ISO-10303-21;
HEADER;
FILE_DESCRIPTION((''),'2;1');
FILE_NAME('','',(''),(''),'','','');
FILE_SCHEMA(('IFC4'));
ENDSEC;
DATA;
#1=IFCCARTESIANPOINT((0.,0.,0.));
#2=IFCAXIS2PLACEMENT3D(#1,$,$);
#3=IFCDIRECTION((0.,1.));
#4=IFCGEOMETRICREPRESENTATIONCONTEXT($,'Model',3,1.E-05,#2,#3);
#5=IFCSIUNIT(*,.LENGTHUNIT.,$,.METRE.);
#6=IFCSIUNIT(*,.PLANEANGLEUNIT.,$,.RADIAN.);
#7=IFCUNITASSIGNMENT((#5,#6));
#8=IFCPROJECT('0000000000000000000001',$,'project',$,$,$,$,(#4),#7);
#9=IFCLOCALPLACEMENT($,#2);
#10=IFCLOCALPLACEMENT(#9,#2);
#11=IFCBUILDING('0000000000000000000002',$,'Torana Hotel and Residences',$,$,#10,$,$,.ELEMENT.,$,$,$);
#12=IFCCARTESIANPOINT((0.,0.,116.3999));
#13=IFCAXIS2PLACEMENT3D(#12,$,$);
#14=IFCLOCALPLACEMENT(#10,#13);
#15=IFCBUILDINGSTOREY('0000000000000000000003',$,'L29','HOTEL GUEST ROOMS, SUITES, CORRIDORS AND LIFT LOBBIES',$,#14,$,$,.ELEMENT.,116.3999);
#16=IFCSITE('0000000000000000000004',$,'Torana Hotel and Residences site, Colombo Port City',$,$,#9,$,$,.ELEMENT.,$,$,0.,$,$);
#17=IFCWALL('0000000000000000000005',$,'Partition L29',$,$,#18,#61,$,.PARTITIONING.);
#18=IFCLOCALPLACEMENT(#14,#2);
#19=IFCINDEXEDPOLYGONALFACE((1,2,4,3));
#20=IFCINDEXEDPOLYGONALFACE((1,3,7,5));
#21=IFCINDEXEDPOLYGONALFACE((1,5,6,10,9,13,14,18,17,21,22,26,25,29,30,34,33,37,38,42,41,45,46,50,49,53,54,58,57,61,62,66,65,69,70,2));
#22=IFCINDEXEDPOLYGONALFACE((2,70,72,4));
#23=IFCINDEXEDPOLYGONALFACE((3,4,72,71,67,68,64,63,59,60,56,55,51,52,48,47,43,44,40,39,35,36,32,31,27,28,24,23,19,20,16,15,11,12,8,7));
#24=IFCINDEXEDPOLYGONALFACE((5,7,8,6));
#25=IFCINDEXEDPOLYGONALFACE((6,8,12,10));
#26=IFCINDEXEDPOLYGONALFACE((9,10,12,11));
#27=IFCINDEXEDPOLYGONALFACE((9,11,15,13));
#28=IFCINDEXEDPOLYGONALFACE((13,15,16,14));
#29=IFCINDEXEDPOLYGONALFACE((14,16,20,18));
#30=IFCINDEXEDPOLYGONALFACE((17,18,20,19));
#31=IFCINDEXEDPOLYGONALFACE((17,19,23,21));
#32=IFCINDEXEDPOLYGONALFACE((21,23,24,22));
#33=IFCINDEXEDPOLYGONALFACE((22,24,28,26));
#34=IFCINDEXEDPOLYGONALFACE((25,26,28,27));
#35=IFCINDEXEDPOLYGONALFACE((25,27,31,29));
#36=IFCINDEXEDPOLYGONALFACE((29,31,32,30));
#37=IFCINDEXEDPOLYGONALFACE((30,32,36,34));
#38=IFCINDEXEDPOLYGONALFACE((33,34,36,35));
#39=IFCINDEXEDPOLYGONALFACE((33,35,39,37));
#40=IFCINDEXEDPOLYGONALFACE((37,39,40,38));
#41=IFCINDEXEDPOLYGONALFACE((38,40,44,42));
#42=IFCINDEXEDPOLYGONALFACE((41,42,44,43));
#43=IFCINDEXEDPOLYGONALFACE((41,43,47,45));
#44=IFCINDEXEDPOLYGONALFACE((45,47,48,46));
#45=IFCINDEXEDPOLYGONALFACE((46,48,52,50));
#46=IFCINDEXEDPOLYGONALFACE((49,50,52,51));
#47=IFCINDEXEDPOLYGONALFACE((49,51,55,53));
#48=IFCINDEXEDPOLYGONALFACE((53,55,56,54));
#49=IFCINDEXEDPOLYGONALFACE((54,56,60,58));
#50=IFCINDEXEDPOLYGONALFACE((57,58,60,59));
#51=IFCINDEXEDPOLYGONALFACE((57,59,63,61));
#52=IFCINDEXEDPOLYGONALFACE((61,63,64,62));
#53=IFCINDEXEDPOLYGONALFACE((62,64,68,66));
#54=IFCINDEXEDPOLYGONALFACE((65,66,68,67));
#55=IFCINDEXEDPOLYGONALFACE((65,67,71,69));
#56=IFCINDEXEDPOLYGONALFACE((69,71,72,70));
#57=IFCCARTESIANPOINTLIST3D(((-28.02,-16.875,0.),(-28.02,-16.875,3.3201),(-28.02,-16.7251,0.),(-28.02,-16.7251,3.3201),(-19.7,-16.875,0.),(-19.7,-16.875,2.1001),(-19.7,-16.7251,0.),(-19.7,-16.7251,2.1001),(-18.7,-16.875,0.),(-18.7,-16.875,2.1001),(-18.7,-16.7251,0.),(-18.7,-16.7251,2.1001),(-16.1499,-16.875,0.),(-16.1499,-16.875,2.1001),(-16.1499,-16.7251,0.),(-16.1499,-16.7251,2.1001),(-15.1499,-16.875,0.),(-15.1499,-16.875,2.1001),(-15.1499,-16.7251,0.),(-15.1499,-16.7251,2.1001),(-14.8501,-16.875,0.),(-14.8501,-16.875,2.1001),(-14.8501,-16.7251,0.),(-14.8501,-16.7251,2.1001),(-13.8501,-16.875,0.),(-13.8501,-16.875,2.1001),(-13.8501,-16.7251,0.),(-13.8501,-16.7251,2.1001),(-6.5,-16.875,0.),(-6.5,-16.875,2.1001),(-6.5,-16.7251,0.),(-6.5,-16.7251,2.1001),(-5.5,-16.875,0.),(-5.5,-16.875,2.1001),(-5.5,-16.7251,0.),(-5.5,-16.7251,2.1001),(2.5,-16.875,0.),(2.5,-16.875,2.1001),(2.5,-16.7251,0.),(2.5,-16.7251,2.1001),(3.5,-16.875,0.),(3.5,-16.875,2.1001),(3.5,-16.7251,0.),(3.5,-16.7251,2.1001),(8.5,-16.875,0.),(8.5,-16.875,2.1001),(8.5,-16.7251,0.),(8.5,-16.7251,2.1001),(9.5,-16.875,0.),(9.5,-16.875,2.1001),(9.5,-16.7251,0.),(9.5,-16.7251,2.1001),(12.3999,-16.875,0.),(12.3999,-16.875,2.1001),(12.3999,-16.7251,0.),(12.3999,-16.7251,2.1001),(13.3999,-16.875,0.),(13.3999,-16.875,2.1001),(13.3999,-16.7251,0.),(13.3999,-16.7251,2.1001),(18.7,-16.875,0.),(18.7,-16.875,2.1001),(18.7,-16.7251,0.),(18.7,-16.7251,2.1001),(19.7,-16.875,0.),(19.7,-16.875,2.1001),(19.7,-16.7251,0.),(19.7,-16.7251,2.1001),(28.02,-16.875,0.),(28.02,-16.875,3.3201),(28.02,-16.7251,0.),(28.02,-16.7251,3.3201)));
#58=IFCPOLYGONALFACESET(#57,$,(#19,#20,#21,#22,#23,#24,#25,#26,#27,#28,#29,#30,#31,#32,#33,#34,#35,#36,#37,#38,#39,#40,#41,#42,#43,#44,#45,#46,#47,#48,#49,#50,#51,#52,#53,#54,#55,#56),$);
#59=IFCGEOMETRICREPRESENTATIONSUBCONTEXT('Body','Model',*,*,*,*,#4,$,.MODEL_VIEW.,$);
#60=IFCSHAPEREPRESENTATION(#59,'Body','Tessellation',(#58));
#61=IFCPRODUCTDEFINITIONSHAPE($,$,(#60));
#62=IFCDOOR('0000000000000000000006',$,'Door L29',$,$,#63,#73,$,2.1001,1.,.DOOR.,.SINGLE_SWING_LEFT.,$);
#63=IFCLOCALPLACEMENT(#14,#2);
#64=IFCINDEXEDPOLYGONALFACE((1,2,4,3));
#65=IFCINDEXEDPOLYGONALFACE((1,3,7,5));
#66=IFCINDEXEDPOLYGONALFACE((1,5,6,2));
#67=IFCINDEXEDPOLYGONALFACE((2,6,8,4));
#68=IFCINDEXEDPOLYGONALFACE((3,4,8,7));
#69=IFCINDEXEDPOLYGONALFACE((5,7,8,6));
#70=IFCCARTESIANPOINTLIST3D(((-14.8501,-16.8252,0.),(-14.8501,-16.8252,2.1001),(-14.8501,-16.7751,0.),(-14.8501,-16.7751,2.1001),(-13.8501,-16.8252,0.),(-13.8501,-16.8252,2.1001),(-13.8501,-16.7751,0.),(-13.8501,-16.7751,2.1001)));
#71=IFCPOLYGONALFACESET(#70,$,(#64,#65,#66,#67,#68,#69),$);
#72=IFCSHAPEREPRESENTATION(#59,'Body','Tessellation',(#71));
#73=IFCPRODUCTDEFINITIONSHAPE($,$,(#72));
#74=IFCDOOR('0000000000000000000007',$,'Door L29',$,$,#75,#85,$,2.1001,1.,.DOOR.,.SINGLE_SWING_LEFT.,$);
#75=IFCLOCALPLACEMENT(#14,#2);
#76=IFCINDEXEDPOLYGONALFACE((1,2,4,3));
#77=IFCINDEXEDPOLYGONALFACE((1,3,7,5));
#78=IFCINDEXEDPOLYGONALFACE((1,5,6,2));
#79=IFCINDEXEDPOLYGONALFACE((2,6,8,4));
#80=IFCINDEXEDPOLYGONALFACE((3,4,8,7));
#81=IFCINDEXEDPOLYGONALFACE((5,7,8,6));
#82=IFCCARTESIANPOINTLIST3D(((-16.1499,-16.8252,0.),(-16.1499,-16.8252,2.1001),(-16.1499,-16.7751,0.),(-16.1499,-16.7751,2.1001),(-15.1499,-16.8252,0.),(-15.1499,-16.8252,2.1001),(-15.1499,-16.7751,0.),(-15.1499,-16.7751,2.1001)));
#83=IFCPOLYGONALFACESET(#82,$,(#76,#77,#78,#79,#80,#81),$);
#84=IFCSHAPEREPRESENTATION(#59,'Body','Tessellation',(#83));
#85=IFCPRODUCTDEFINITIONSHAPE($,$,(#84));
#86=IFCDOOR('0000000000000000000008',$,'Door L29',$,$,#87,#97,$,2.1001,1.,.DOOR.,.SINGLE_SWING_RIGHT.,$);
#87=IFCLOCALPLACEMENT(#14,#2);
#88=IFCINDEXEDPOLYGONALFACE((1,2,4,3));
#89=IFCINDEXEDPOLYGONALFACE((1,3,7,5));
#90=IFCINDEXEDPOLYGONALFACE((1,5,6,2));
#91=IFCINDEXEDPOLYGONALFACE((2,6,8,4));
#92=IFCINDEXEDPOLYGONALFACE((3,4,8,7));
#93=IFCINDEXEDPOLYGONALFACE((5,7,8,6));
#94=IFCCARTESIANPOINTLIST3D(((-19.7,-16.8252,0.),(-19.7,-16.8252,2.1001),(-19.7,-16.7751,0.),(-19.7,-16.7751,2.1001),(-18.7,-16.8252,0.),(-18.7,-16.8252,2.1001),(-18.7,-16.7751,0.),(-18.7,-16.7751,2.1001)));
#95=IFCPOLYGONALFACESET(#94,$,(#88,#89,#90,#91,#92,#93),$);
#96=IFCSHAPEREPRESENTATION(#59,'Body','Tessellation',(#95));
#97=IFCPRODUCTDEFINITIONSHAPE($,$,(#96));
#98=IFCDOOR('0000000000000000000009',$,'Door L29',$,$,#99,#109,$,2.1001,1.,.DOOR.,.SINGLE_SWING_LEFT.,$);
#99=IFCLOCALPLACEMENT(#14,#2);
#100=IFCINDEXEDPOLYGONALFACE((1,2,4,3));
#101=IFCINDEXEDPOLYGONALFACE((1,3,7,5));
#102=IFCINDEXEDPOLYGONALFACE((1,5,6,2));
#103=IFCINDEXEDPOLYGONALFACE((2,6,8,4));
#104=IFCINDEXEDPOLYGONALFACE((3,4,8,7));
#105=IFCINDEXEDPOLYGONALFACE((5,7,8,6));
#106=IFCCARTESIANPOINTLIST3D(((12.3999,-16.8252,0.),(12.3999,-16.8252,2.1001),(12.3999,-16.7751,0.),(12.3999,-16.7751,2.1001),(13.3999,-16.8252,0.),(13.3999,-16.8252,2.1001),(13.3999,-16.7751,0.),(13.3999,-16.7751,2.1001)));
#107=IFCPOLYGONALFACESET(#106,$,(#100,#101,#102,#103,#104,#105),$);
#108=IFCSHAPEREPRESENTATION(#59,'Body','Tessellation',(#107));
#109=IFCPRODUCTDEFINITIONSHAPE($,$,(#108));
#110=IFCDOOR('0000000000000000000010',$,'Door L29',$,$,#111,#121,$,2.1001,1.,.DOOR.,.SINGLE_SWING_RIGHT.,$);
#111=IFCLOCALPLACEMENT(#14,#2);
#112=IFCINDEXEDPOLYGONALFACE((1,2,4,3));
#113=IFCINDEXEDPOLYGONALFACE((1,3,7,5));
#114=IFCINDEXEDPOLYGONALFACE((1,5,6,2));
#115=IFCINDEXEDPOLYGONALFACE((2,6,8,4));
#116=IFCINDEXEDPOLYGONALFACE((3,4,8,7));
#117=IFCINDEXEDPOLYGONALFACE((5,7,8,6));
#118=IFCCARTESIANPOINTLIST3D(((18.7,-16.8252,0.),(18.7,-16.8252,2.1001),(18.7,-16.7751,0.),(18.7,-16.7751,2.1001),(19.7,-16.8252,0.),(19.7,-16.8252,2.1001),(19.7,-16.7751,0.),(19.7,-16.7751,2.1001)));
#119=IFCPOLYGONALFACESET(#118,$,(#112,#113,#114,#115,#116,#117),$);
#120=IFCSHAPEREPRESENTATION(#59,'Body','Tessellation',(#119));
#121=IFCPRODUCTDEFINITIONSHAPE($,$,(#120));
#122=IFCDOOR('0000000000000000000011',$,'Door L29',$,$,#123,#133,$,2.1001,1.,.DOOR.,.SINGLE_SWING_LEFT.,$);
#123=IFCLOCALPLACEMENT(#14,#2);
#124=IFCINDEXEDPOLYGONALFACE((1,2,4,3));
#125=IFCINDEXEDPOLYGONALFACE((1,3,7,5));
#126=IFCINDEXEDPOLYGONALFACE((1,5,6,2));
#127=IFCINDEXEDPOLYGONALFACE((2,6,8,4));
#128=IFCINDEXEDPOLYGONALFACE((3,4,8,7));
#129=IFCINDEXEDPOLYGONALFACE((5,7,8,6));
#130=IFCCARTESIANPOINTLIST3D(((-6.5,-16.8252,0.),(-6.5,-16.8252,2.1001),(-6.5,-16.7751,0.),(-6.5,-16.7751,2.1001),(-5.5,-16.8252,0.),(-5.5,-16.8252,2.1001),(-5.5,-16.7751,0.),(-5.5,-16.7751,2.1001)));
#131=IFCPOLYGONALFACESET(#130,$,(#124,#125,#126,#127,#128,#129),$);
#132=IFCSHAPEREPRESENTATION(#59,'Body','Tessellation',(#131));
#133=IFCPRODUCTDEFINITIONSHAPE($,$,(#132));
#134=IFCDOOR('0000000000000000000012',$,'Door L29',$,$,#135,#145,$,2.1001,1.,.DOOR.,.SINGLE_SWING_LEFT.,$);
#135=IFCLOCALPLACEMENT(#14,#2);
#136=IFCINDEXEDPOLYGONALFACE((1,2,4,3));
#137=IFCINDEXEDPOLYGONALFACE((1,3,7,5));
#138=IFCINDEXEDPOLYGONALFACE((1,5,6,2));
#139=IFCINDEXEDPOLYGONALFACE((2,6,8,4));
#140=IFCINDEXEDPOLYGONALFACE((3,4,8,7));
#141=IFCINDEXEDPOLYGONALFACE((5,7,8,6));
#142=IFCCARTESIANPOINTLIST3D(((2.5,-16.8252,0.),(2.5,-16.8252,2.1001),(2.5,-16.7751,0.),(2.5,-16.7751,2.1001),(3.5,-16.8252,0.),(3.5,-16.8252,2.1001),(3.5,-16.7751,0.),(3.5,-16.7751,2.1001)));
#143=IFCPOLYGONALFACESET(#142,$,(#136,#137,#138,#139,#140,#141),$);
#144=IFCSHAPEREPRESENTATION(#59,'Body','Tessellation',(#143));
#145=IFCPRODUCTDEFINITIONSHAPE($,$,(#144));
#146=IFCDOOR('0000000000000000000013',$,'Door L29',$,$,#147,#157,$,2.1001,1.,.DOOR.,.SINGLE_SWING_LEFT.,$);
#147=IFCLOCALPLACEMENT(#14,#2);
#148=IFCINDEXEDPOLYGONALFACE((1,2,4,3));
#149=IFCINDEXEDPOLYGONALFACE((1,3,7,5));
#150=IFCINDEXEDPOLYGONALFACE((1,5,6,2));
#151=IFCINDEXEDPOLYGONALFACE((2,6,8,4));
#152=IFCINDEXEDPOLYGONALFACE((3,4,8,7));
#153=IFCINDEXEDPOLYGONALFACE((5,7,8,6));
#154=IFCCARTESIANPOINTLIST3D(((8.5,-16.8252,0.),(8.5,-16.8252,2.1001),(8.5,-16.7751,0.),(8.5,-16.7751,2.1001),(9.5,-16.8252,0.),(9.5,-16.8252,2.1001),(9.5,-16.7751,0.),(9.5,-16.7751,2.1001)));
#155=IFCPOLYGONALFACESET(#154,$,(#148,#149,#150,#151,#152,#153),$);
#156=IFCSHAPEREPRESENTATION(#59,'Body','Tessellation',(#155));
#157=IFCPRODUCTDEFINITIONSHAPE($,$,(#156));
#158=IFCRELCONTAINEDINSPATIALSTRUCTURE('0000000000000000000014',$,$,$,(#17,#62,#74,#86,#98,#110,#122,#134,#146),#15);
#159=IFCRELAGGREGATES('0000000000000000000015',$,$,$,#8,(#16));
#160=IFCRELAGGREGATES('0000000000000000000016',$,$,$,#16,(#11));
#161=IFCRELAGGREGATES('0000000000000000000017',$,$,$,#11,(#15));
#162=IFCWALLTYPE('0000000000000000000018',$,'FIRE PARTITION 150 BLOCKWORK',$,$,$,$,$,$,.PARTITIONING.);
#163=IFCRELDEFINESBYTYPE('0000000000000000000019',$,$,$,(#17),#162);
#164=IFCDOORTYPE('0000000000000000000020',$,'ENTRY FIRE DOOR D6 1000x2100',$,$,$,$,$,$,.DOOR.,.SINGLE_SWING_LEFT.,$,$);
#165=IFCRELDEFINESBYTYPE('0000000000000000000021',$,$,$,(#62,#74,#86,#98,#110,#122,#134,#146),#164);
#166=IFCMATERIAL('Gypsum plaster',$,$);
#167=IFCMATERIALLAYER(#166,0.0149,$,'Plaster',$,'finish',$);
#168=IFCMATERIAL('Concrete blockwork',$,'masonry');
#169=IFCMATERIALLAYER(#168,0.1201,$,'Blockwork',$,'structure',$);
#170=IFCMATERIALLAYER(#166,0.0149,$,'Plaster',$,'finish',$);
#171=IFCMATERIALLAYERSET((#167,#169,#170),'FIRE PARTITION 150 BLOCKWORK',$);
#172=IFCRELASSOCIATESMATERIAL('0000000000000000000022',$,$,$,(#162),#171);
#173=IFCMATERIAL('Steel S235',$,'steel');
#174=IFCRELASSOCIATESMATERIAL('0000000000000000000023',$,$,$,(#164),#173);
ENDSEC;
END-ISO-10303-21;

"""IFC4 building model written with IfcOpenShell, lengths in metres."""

from ifc_helpers import new_model, si_unit, direction, frame, frame_2d, origin, place, context, subcontext, project, spatial, rectangle, extrude, material, layer, layer_set, type_object, element, fill, save


model = new_model("IFC4")

# Units and contexts
model_context = context("Model", 3, precision=1e-05, world=origin(), true_north=direction((0.0, 1.0)))
body_context = subcontext(model_context, "Body", "Model", "MODEL_VIEW")
ifc_project = project(units=[si_unit("LENGTHUNIT", "METRE"), si_unit("PLANEANGLEUNIT", "RADIAN")], contexts=[model_context])

# Site, building, storey
site_placement = place(None, origin())
site = spatial("IfcSite", under=ifc_project, at=site_placement, Name="Torana Hotel and Residences site, Colombo Port City", CompositionType="ELEMENT", RefElevation=0.0)
building_placement = place(site_placement, origin())
building = spatial("IfcBuilding", under=site, at=building_placement, Name="Torana Hotel and Residences", CompositionType="ELEMENT")
storey_placement = place(building_placement, frame((0.0, 0.0, 116.3999)))
storey = spatial("IfcBuildingStorey", under=building, at=storey_placement, Name="L29", Description="HOTEL GUEST ROOMS, SUITES, CORRIDORS AND LIFT LOBBIES", CompositionType="ELEMENT", Elevation=116.3999)

# Wall, openings, doors
ifc_material_1 = material(Name="Gypsum plaster")
ifc_layer_1 = layer(ifc_material_1, 0.0149, Name="Plaster", Category="finish")
ifc_material_2 = material(Name="Concrete blockwork", Category="masonry")
ifc_layer_2 = layer(ifc_material_2, 0.1201, Name="Blockwork", Category="structure")
ifc_layer_3 = layer(ifc_material_1, 0.0149, Name="Plaster", Category="finish")
ifc_layer_set_1 = layer_set([ifc_layer_1, ifc_layer_2, ifc_layer_3], Name="FIRE PARTITION 150 BLOCKWORK")
wall_type_1 = type_object("IfcWallType", Name="FIRE PARTITION 150 BLOCKWORK", PredefinedType="PARTITIONING", material=ifc_layer_set_1)
wall_1_placement = place(storey_placement, frame((-28.02, -16.8, 0.0), z_axis=(0.0, 0.0, 1.0), x_axis=(1.0, 0.0, 0.0)))
wall_1 = element("IfcWall", 1, at=wall_1_placement, inside=storey, type_object=wall_type_1, Name="Partition L29", PredefinedType="PARTITIONING", context=body_context, shape_type="SweptSolid", body=[
    extrude(rectangle(XDim=56.04, YDim=0.1499, at=frame_2d((28.02, 0.0))), origin(), (0.0, 0.0, 1.0), 3.3201),
])
opening_1_placement = place(wall_1_placement, frame((13.1699, 0.0, 0.0)))
opening_1 = element("IfcOpeningElement", 2, at=opening_1_placement, cuts=wall_1, PredefinedType="OPENING", context=body_context, shape_type="SweptSolid", body=[
    extrude(rectangle(XDim=1.0, YDim=2.1001, at=frame_2d((0.5, 1.05))), frame((0.0, 0.085, 0.0), z_axis=(0.0, -1.0, 0.0), x_axis=(1.0, 0.0, 0.0)), (0.0, 0.0, 1.0), 0.1699),
])
opening_2_placement = place(wall_1_placement, frame((11.8701, 0.0, 0.0)))
opening_2 = element("IfcOpeningElement", 3, at=opening_2_placement, cuts=wall_1, PredefinedType="OPENING", context=body_context, shape_type="SweptSolid", body=[
    extrude(rectangle(XDim=1.0, YDim=2.1001, at=frame_2d((0.5, 1.05))), frame((0.0, 0.085, 0.0), z_axis=(0.0, -1.0, 0.0), x_axis=(1.0, 0.0, 0.0)), (0.0, 0.0, 1.0), 0.1699),
])
opening_3_placement = place(wall_1_placement, frame((8.3201, 0.0, 0.0)))
opening_3 = element("IfcOpeningElement", 4, at=opening_3_placement, cuts=wall_1, PredefinedType="OPENING", context=body_context, shape_type="SweptSolid", body=[
    extrude(rectangle(XDim=1.0, YDim=2.1001, at=frame_2d((0.5, 1.05))), frame((0.0, 0.085, 0.0), z_axis=(0.0, -1.0, 0.0), x_axis=(1.0, 0.0, 0.0)), (0.0, 0.0, 1.0), 0.1699),
])
opening_4_placement = place(wall_1_placement, frame((40.4199, 0.0, 0.0)))
opening_4 = element("IfcOpeningElement", 5, at=opening_4_placement, cuts=wall_1, PredefinedType="OPENING", context=body_context, shape_type="SweptSolid", body=[
    extrude(rectangle(XDim=1.0, YDim=2.1001, at=frame_2d((0.5, 1.05))), frame((0.0, 0.085, 0.0), z_axis=(0.0, -1.0, 0.0), x_axis=(1.0, 0.0, 0.0)), (0.0, 0.0, 1.0), 0.1699),
])
opening_5_placement = place(wall_1_placement, frame((46.72, 0.0, 0.0)))
opening_5 = element("IfcOpeningElement", 6, at=opening_5_placement, cuts=wall_1, PredefinedType="OPENING", context=body_context, shape_type="SweptSolid", body=[
    extrude(rectangle(XDim=1.0, YDim=2.1001, at=frame_2d((0.5, 1.05))), frame((0.0, 0.085, 0.0), z_axis=(0.0, -1.0, 0.0), x_axis=(1.0, 0.0, 0.0)), (0.0, 0.0, 1.0), 0.1699),
])
opening_6_placement = place(wall_1_placement, frame((21.52, 0.0, 0.0)))
opening_6 = element("IfcOpeningElement", 7, at=opening_6_placement, cuts=wall_1, PredefinedType="OPENING", context=body_context, shape_type="SweptSolid", body=[
    extrude(rectangle(XDim=1.0, YDim=2.1001, at=frame_2d((0.5, 1.05))), frame((0.0, 0.085, 0.0), z_axis=(0.0, -1.0, 0.0), x_axis=(1.0, 0.0, 0.0)), (0.0, 0.0, 1.0), 0.1699),
])
opening_7_placement = place(wall_1_placement, frame((30.52, 0.0, 0.0)))
opening_7 = element("IfcOpeningElement", 8, at=opening_7_placement, cuts=wall_1, PredefinedType="OPENING", context=body_context, shape_type="SweptSolid", body=[
    extrude(rectangle(XDim=1.0, YDim=2.1001, at=frame_2d((0.5, 1.05))), frame((0.0, 0.085, 0.0), z_axis=(0.0, -1.0, 0.0), x_axis=(1.0, 0.0, 0.0)), (0.0, 0.0, 1.0), 0.1699),
])
opening_8_placement = place(wall_1_placement, frame((36.52, 0.0, 0.0)))
opening_8 = element("IfcOpeningElement", 9, at=opening_8_placement, cuts=wall_1, PredefinedType="OPENING", context=body_context, shape_type="SweptSolid", body=[
    extrude(rectangle(XDim=1.0, YDim=2.1001, at=frame_2d((0.5, 1.05))), frame((0.0, 0.085, 0.0), z_axis=(0.0, -1.0, 0.0), x_axis=(1.0, 0.0, 0.0)), (0.0, 0.0, 1.0), 0.1699),
])
ifc_material_3 = material(Name="Steel S235", Category="steel")
door_type_1 = type_object("IfcDoorType", Name="ENTRY FIRE DOOR D6 1000x2100", OperationType="SINGLE_SWING_LEFT", PredefinedType="DOOR", material=ifc_material_3)
door_1_placement = place(opening_1_placement, frame((0.5, 0.0, 0.0), z_axis=(0.0, 0.0, 1.0), x_axis=(-1.0, 0.0, 0.0)))
door_1 = element("IfcDoor", 10, at=door_1_placement, inside=storey, type_object=door_type_1, Name="Door L29", OperationType="SINGLE_SWING_LEFT", OverallHeight=2.1001, OverallWidth=1.0, PredefinedType="DOOR", context=body_context, shape_type="SweptSolid", body=[
    extrude(rectangle(XDim=1.0, YDim=2.1001, at=frame_2d((0.0, 1.05))), frame((0.0, -0.0249, 0.0), z_axis=(0.0, 1.0, 0.0), x_axis=(-1.0, 0.0, 0.0)), (0.0, 0.0, 1.0), 0.05),
])
fill(opening_1, door_1)
door_2_placement = place(opening_2_placement, frame((0.5, 0.0, 0.0), z_axis=(0.0, 0.0, 1.0), x_axis=(-1.0, 0.0, 0.0)))
door_2 = element("IfcDoor", 11, at=door_2_placement, inside=storey, type_object=door_type_1, Name="Door L29", OperationType="SINGLE_SWING_LEFT", OverallHeight=2.1001, OverallWidth=1.0, PredefinedType="DOOR", context=body_context, shape_type="SweptSolid", body=[
    extrude(rectangle(XDim=1.0, YDim=2.1001, at=frame_2d((0.0, 1.05))), frame((0.0, -0.0249, 0.0), z_axis=(0.0, 1.0, 0.0), x_axis=(-1.0, 0.0, 0.0)), (0.0, 0.0, 1.0), 0.05),
])
fill(opening_2, door_2)
door_3_placement = place(opening_3_placement, origin())
door_3 = element("IfcDoor", 12, at=door_3_placement, inside=storey, type_object=door_type_1, Name="Door L29", OperationType="SINGLE_SWING_RIGHT", OverallHeight=2.1001, OverallWidth=1.0, PredefinedType="DOOR", context=body_context, shape_type="SweptSolid", body=[
    extrude(rectangle(XDim=1.0, YDim=2.1001, at=frame_2d((0.5, 1.05))), frame((0.0, 0.0249, 0.0), z_axis=(0.0, -1.0, 0.0), x_axis=(1.0, 0.0, 0.0)), (0.0, 0.0, 1.0), 0.05),
])
fill(opening_3, door_3)
door_4_placement = place(opening_4_placement, frame((0.5, 0.0, 0.0), z_axis=(0.0, 0.0, 1.0), x_axis=(-1.0, 0.0, 0.0)))
door_4 = element("IfcDoor", 13, at=door_4_placement, inside=storey, type_object=door_type_1, Name="Door L29", OperationType="SINGLE_SWING_LEFT", OverallHeight=2.1001, OverallWidth=1.0, PredefinedType="DOOR", context=body_context, shape_type="SweptSolid", body=[
    extrude(rectangle(XDim=1.0, YDim=2.1001, at=frame_2d((0.0, 1.05))), frame((0.0, -0.0249, 0.0), z_axis=(0.0, 1.0, 0.0), x_axis=(-1.0, 0.0, 0.0)), (0.0, 0.0, 1.0), 0.05),
])
fill(opening_4, door_4)
door_5_placement = place(opening_5_placement, origin())
door_5 = element("IfcDoor", 14, at=door_5_placement, inside=storey, type_object=door_type_1, Name="Door L29", OperationType="SINGLE_SWING_RIGHT", OverallHeight=2.1001, OverallWidth=1.0, PredefinedType="DOOR", context=body_context, shape_type="SweptSolid", body=[
    extrude(rectangle(XDim=1.0, YDim=2.1001, at=frame_2d((0.5, 1.05))), frame((0.0, 0.0249, 0.0), z_axis=(0.0, -1.0, 0.0), x_axis=(1.0, 0.0, 0.0)), (0.0, 0.0, 1.0), 0.05),
])
fill(opening_5, door_5)
door_6_placement = place(opening_6_placement, frame((0.5, 0.0, 0.0), z_axis=(0.0, 0.0, 1.0), x_axis=(-1.0, 0.0, 0.0)))
door_6 = element("IfcDoor", 15, at=door_6_placement, inside=storey, type_object=door_type_1, Name="Door L29", OperationType="SINGLE_SWING_LEFT", OverallHeight=2.1001, OverallWidth=1.0, PredefinedType="DOOR", context=body_context, shape_type="SweptSolid", body=[
    extrude(rectangle(XDim=1.0, YDim=2.1001, at=frame_2d((0.0, 1.05))), frame((0.0, -0.0249, 0.0), z_axis=(0.0, 1.0, 0.0), x_axis=(-1.0, 0.0, 0.0)), (0.0, 0.0, 1.0), 0.05),
])
fill(opening_6, door_6)
door_7_placement = place(opening_7_placement, frame((0.5, 0.0, 0.0), z_axis=(0.0, 0.0, 1.0), x_axis=(-1.0, 0.0, 0.0)))
door_7 = element("IfcDoor", 16, at=door_7_placement, inside=storey, type_object=door_type_1, Name="Door L29", OperationType="SINGLE_SWING_LEFT", OverallHeight=2.1001, OverallWidth=1.0, PredefinedType="DOOR", context=body_context, shape_type="SweptSolid", body=[
    extrude(rectangle(XDim=1.0, YDim=2.1001, at=frame_2d((0.0, 1.05))), frame((0.0, -0.0249, 0.0), z_axis=(0.0, 1.0, 0.0), x_axis=(-1.0, 0.0, 0.0)), (0.0, 0.0, 1.0), 0.05),
])
fill(opening_7, door_7)
door_8_placement = place(opening_8_placement, frame((0.5, 0.0, 0.0), z_axis=(0.0, 0.0, 1.0), x_axis=(-1.0, 0.0, 0.0)))
door_8 = element("IfcDoor", 17, at=door_8_placement, inside=storey, type_object=door_type_1, Name="Door L29", OperationType="SINGLE_SWING_LEFT", OverallHeight=2.1001, OverallWidth=1.0, PredefinedType="DOOR", context=body_context, shape_type="SweptSolid", body=[
    extrude(rectangle(XDim=1.0, YDim=2.1001, at=frame_2d((0.0, 1.05))), frame((0.0, -0.0249, 0.0), z_axis=(0.0, 1.0, 0.0), x_axis=(-1.0, 0.0, 0.0)), (0.0, 0.0, 1.0), 0.05),
])
fill(opening_8, door_8)

save(model, "model.ifc")
